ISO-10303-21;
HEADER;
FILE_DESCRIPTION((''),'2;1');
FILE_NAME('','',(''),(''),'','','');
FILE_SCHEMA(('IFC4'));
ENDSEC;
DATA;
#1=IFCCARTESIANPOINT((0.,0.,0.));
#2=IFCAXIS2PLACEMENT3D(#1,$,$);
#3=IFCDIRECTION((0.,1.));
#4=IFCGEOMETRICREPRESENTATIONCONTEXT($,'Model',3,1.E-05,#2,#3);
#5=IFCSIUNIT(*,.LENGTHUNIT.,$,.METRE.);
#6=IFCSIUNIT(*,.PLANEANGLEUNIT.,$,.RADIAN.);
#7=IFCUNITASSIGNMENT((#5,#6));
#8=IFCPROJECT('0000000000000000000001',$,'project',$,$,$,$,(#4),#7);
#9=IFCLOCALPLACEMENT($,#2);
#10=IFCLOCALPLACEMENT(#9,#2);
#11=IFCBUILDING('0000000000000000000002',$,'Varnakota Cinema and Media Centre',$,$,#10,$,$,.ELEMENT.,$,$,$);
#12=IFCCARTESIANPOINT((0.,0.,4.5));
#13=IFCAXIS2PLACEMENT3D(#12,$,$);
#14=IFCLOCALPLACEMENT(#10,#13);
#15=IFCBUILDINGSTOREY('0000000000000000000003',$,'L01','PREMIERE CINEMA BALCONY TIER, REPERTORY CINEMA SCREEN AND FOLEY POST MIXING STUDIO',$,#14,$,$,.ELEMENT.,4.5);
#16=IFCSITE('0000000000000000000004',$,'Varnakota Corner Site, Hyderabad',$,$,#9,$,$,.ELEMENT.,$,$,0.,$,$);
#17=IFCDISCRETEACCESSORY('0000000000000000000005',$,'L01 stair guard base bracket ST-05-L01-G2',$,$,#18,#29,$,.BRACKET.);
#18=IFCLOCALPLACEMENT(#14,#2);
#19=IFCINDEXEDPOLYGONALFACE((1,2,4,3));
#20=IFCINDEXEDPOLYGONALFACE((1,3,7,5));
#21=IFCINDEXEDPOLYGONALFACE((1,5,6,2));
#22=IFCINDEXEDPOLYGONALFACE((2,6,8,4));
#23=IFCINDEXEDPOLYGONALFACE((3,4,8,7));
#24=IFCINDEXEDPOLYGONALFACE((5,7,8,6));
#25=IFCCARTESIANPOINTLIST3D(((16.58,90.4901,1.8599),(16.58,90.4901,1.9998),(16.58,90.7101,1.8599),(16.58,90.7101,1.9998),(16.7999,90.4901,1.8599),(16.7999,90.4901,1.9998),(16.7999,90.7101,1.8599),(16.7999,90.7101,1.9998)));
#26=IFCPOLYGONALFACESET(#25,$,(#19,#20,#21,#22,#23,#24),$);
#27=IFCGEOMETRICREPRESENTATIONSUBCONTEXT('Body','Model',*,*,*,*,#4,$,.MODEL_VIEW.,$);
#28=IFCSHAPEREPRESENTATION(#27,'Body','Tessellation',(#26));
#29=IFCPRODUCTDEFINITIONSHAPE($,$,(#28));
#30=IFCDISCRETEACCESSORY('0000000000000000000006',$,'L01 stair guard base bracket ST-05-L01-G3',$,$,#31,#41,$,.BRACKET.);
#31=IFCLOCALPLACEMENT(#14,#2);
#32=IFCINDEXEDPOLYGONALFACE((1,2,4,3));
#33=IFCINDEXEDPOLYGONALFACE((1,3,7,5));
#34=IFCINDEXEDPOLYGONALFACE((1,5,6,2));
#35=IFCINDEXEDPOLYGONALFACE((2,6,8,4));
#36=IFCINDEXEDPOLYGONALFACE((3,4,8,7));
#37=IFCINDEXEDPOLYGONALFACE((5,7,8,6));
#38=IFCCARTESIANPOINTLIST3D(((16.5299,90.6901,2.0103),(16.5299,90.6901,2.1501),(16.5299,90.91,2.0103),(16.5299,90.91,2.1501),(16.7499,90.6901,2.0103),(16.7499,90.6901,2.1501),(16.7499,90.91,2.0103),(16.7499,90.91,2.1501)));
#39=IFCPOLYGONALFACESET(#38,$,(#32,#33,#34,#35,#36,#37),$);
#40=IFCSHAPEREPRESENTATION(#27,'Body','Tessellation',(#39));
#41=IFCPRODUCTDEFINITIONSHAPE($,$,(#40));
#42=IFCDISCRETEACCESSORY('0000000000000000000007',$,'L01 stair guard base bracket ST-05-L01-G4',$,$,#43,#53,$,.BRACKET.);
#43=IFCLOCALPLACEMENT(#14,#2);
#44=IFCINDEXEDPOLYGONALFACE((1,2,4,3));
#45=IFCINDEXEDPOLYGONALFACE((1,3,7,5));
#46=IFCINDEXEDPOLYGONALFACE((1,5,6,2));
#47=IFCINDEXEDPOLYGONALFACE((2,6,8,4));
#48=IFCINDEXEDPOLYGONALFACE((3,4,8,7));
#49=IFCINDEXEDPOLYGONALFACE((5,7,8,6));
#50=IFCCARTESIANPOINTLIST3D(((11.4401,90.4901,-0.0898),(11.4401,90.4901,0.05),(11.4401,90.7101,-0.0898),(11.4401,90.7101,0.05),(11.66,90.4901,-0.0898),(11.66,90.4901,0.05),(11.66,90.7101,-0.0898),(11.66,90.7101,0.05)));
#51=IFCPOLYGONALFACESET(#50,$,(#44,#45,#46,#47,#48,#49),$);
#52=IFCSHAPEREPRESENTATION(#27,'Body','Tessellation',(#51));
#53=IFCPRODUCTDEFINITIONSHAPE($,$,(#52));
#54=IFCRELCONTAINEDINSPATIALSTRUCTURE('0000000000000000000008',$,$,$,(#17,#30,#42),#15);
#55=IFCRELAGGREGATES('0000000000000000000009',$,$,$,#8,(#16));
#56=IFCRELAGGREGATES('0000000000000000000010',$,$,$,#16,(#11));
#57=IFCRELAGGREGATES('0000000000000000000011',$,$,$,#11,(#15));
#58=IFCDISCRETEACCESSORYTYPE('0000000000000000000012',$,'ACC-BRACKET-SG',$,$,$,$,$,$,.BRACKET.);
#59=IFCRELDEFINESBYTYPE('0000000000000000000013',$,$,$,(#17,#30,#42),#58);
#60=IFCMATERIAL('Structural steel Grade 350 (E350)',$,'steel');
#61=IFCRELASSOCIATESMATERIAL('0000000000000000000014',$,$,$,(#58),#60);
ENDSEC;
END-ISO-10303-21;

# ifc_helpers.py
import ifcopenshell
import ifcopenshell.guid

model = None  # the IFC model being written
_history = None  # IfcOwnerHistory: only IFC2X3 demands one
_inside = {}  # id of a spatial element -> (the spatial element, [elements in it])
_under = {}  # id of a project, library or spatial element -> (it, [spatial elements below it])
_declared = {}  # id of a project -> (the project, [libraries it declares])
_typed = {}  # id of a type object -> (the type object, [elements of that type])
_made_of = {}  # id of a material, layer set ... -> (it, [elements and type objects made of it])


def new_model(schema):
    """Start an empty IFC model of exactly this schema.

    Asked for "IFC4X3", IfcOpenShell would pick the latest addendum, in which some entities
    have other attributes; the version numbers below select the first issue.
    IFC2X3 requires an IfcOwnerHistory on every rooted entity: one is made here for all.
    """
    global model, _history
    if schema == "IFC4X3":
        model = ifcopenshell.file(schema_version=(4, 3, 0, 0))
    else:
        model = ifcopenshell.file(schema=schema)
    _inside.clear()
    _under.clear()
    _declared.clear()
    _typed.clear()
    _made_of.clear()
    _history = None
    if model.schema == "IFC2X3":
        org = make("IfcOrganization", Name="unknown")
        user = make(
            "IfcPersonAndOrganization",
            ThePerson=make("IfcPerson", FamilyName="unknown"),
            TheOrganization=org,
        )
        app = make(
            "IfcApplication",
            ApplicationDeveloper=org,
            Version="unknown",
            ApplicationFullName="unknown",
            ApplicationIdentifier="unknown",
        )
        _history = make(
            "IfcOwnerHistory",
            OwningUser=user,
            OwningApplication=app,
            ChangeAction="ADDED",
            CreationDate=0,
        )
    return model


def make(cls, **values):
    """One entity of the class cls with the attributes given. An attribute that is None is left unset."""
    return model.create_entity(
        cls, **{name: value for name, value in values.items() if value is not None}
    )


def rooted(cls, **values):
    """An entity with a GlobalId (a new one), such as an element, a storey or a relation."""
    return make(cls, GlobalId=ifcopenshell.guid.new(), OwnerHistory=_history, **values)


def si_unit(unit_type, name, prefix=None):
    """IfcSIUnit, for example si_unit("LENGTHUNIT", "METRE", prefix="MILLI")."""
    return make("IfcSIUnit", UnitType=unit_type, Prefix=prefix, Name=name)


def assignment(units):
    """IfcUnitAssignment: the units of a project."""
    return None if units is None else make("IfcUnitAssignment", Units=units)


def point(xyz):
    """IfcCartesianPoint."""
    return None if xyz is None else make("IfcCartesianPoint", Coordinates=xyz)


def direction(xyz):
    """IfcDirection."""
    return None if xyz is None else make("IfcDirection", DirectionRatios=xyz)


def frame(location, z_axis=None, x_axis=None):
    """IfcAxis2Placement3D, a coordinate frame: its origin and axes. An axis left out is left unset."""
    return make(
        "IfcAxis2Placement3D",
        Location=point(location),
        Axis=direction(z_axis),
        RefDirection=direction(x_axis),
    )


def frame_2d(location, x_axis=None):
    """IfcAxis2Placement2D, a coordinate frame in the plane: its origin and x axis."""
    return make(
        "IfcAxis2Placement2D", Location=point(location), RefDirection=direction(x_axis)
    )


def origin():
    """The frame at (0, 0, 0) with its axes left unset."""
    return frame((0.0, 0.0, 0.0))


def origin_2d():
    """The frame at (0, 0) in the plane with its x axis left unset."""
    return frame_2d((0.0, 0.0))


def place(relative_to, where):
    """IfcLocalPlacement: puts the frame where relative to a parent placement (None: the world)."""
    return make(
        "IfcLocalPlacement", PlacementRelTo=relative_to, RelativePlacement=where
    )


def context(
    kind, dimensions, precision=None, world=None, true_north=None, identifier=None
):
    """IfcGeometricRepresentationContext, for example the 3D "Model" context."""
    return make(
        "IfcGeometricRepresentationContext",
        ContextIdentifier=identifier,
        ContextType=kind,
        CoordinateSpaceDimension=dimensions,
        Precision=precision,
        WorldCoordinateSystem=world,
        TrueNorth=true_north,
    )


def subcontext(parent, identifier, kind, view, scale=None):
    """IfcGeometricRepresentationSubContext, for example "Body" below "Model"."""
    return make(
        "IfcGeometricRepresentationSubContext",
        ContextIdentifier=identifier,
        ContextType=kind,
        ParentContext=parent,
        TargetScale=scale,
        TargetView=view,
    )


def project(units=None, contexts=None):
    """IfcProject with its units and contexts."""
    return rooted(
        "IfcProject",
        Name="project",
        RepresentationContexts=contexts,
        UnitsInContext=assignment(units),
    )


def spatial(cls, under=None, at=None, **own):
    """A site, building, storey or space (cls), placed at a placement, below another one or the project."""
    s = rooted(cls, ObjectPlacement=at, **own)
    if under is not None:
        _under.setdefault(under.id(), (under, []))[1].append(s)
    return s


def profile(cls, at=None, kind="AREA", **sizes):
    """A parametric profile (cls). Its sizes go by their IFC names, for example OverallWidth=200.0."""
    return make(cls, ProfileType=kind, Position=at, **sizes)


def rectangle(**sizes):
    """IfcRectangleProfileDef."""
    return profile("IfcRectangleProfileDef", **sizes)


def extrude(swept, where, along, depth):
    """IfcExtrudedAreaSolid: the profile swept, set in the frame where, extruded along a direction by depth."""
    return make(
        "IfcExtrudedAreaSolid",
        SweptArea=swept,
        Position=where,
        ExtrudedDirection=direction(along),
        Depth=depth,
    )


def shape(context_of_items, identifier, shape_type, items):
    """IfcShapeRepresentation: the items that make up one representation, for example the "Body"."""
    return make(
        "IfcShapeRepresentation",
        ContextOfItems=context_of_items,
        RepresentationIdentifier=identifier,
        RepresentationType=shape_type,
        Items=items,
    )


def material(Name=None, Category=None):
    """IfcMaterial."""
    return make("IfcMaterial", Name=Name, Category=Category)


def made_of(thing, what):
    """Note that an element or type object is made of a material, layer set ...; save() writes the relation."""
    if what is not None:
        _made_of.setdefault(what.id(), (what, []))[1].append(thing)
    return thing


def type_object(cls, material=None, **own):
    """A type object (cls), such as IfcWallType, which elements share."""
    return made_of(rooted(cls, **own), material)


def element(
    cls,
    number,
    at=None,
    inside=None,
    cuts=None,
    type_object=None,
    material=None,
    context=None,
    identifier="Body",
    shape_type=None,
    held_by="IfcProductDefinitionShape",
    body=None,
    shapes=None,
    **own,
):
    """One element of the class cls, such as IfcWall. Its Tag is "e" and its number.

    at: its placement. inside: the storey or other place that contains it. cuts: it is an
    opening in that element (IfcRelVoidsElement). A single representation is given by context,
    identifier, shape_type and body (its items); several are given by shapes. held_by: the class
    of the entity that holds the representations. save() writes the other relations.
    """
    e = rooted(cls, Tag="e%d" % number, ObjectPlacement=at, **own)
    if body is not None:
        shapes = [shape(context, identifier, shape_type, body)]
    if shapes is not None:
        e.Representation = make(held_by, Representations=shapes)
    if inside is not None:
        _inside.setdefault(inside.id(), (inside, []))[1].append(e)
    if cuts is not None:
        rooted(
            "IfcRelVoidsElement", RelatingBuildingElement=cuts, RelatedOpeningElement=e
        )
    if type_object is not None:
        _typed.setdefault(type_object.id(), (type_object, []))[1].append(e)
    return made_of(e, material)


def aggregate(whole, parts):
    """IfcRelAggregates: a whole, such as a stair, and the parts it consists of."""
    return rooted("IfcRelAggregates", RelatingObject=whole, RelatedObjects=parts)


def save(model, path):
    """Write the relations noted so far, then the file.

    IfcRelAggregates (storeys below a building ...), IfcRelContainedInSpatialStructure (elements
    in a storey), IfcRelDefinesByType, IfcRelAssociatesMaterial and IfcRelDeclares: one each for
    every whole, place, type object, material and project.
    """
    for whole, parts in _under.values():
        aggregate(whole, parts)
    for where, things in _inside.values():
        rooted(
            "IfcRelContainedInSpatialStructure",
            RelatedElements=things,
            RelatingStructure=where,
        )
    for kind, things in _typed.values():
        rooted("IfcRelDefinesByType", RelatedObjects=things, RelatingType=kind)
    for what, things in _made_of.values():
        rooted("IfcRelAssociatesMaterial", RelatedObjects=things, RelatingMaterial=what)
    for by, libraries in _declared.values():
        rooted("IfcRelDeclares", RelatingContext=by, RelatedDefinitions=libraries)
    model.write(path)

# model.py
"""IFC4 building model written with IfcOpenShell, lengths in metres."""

from ifc_helpers import new_model, si_unit, direction, frame, origin, origin_2d, place, context, subcontext, project, spatial, rectangle, extrude, material, type_object, element, save


model = new_model("IFC4")

# Units and contexts
model_context = context("Model", 3, precision=1e-05, world=origin(), true_north=direction((0.0, 1.0)))
body_context = subcontext(model_context, "Body", "Model", "MODEL_VIEW")
ifc_project = project(units=[si_unit("LENGTHUNIT", "METRE"), si_unit("PLANEANGLEUNIT", "RADIAN")], contexts=[model_context])

# Site, building, storey
site_placement = place(None, origin())
site = spatial("IfcSite", under=ifc_project, at=site_placement, Name="Varnakota Corner Site, Hyderabad", CompositionType="ELEMENT", RefElevation=0.0)
building_placement = place(site_placement, origin())
building = spatial("IfcBuilding", under=site, at=building_placement, Name="Varnakota Cinema and Media Centre", CompositionType="ELEMENT")
storey_placement = place(building_placement, frame((0.0, 0.0, 4.5)))
storey = spatial("IfcBuildingStorey", under=building, at=storey_placement, Name="L01", Description="PREMIERE CINEMA BALCONY TIER, REPERTORY CINEMA SCREEN AND FOLEY POST MIXING STUDIO", CompositionType="ELEMENT", Elevation=4.5)

# Discrete accessories
ifc_material_1 = material(Name="Structural steel Grade 350 (E350)", Category="steel")
discrete_accessory_type = type_object("IfcDiscreteAccessoryType", Name="ACC-BRACKET-SG", PredefinedType="BRACKET", material=ifc_material_1)
for number, where, z_axis, x_axis, name in (
    (1, (16.6899, 90.6001, 1.8599), (0.0, 0.0, 1.0), (1.0, 0.0, 0.0), "L01 stair guard base bracket ST-05-L01-G2"),
    (2, (16.6399, 90.8, 2.0103), (0.0, 0.0, 1.0), (1.0, 0.0, 0.0), "L01 stair guard base bracket ST-05-L01-G3"),
    (3, (11.55, 90.6001, -0.0898), (0.0, 0.0, 1.0), (1.0, 0.0, 0.0), "L01 stair guard base bracket ST-05-L01-G4"),
):
    element("IfcDiscreteAccessory", number, at=place(storey_placement, frame(where, z_axis=z_axis, x_axis=x_axis)), inside=storey, type_object=discrete_accessory_type, Name=name, PredefinedType="BRACKET", context=body_context, shape_type="SweptSolid", body=[
        extrude(rectangle(XDim=0.22, YDim=0.22, at=origin_2d()), origin(), (0.0, 0.0, 1.0), 0.1399),
    ])

save(model, "model.ifc")
